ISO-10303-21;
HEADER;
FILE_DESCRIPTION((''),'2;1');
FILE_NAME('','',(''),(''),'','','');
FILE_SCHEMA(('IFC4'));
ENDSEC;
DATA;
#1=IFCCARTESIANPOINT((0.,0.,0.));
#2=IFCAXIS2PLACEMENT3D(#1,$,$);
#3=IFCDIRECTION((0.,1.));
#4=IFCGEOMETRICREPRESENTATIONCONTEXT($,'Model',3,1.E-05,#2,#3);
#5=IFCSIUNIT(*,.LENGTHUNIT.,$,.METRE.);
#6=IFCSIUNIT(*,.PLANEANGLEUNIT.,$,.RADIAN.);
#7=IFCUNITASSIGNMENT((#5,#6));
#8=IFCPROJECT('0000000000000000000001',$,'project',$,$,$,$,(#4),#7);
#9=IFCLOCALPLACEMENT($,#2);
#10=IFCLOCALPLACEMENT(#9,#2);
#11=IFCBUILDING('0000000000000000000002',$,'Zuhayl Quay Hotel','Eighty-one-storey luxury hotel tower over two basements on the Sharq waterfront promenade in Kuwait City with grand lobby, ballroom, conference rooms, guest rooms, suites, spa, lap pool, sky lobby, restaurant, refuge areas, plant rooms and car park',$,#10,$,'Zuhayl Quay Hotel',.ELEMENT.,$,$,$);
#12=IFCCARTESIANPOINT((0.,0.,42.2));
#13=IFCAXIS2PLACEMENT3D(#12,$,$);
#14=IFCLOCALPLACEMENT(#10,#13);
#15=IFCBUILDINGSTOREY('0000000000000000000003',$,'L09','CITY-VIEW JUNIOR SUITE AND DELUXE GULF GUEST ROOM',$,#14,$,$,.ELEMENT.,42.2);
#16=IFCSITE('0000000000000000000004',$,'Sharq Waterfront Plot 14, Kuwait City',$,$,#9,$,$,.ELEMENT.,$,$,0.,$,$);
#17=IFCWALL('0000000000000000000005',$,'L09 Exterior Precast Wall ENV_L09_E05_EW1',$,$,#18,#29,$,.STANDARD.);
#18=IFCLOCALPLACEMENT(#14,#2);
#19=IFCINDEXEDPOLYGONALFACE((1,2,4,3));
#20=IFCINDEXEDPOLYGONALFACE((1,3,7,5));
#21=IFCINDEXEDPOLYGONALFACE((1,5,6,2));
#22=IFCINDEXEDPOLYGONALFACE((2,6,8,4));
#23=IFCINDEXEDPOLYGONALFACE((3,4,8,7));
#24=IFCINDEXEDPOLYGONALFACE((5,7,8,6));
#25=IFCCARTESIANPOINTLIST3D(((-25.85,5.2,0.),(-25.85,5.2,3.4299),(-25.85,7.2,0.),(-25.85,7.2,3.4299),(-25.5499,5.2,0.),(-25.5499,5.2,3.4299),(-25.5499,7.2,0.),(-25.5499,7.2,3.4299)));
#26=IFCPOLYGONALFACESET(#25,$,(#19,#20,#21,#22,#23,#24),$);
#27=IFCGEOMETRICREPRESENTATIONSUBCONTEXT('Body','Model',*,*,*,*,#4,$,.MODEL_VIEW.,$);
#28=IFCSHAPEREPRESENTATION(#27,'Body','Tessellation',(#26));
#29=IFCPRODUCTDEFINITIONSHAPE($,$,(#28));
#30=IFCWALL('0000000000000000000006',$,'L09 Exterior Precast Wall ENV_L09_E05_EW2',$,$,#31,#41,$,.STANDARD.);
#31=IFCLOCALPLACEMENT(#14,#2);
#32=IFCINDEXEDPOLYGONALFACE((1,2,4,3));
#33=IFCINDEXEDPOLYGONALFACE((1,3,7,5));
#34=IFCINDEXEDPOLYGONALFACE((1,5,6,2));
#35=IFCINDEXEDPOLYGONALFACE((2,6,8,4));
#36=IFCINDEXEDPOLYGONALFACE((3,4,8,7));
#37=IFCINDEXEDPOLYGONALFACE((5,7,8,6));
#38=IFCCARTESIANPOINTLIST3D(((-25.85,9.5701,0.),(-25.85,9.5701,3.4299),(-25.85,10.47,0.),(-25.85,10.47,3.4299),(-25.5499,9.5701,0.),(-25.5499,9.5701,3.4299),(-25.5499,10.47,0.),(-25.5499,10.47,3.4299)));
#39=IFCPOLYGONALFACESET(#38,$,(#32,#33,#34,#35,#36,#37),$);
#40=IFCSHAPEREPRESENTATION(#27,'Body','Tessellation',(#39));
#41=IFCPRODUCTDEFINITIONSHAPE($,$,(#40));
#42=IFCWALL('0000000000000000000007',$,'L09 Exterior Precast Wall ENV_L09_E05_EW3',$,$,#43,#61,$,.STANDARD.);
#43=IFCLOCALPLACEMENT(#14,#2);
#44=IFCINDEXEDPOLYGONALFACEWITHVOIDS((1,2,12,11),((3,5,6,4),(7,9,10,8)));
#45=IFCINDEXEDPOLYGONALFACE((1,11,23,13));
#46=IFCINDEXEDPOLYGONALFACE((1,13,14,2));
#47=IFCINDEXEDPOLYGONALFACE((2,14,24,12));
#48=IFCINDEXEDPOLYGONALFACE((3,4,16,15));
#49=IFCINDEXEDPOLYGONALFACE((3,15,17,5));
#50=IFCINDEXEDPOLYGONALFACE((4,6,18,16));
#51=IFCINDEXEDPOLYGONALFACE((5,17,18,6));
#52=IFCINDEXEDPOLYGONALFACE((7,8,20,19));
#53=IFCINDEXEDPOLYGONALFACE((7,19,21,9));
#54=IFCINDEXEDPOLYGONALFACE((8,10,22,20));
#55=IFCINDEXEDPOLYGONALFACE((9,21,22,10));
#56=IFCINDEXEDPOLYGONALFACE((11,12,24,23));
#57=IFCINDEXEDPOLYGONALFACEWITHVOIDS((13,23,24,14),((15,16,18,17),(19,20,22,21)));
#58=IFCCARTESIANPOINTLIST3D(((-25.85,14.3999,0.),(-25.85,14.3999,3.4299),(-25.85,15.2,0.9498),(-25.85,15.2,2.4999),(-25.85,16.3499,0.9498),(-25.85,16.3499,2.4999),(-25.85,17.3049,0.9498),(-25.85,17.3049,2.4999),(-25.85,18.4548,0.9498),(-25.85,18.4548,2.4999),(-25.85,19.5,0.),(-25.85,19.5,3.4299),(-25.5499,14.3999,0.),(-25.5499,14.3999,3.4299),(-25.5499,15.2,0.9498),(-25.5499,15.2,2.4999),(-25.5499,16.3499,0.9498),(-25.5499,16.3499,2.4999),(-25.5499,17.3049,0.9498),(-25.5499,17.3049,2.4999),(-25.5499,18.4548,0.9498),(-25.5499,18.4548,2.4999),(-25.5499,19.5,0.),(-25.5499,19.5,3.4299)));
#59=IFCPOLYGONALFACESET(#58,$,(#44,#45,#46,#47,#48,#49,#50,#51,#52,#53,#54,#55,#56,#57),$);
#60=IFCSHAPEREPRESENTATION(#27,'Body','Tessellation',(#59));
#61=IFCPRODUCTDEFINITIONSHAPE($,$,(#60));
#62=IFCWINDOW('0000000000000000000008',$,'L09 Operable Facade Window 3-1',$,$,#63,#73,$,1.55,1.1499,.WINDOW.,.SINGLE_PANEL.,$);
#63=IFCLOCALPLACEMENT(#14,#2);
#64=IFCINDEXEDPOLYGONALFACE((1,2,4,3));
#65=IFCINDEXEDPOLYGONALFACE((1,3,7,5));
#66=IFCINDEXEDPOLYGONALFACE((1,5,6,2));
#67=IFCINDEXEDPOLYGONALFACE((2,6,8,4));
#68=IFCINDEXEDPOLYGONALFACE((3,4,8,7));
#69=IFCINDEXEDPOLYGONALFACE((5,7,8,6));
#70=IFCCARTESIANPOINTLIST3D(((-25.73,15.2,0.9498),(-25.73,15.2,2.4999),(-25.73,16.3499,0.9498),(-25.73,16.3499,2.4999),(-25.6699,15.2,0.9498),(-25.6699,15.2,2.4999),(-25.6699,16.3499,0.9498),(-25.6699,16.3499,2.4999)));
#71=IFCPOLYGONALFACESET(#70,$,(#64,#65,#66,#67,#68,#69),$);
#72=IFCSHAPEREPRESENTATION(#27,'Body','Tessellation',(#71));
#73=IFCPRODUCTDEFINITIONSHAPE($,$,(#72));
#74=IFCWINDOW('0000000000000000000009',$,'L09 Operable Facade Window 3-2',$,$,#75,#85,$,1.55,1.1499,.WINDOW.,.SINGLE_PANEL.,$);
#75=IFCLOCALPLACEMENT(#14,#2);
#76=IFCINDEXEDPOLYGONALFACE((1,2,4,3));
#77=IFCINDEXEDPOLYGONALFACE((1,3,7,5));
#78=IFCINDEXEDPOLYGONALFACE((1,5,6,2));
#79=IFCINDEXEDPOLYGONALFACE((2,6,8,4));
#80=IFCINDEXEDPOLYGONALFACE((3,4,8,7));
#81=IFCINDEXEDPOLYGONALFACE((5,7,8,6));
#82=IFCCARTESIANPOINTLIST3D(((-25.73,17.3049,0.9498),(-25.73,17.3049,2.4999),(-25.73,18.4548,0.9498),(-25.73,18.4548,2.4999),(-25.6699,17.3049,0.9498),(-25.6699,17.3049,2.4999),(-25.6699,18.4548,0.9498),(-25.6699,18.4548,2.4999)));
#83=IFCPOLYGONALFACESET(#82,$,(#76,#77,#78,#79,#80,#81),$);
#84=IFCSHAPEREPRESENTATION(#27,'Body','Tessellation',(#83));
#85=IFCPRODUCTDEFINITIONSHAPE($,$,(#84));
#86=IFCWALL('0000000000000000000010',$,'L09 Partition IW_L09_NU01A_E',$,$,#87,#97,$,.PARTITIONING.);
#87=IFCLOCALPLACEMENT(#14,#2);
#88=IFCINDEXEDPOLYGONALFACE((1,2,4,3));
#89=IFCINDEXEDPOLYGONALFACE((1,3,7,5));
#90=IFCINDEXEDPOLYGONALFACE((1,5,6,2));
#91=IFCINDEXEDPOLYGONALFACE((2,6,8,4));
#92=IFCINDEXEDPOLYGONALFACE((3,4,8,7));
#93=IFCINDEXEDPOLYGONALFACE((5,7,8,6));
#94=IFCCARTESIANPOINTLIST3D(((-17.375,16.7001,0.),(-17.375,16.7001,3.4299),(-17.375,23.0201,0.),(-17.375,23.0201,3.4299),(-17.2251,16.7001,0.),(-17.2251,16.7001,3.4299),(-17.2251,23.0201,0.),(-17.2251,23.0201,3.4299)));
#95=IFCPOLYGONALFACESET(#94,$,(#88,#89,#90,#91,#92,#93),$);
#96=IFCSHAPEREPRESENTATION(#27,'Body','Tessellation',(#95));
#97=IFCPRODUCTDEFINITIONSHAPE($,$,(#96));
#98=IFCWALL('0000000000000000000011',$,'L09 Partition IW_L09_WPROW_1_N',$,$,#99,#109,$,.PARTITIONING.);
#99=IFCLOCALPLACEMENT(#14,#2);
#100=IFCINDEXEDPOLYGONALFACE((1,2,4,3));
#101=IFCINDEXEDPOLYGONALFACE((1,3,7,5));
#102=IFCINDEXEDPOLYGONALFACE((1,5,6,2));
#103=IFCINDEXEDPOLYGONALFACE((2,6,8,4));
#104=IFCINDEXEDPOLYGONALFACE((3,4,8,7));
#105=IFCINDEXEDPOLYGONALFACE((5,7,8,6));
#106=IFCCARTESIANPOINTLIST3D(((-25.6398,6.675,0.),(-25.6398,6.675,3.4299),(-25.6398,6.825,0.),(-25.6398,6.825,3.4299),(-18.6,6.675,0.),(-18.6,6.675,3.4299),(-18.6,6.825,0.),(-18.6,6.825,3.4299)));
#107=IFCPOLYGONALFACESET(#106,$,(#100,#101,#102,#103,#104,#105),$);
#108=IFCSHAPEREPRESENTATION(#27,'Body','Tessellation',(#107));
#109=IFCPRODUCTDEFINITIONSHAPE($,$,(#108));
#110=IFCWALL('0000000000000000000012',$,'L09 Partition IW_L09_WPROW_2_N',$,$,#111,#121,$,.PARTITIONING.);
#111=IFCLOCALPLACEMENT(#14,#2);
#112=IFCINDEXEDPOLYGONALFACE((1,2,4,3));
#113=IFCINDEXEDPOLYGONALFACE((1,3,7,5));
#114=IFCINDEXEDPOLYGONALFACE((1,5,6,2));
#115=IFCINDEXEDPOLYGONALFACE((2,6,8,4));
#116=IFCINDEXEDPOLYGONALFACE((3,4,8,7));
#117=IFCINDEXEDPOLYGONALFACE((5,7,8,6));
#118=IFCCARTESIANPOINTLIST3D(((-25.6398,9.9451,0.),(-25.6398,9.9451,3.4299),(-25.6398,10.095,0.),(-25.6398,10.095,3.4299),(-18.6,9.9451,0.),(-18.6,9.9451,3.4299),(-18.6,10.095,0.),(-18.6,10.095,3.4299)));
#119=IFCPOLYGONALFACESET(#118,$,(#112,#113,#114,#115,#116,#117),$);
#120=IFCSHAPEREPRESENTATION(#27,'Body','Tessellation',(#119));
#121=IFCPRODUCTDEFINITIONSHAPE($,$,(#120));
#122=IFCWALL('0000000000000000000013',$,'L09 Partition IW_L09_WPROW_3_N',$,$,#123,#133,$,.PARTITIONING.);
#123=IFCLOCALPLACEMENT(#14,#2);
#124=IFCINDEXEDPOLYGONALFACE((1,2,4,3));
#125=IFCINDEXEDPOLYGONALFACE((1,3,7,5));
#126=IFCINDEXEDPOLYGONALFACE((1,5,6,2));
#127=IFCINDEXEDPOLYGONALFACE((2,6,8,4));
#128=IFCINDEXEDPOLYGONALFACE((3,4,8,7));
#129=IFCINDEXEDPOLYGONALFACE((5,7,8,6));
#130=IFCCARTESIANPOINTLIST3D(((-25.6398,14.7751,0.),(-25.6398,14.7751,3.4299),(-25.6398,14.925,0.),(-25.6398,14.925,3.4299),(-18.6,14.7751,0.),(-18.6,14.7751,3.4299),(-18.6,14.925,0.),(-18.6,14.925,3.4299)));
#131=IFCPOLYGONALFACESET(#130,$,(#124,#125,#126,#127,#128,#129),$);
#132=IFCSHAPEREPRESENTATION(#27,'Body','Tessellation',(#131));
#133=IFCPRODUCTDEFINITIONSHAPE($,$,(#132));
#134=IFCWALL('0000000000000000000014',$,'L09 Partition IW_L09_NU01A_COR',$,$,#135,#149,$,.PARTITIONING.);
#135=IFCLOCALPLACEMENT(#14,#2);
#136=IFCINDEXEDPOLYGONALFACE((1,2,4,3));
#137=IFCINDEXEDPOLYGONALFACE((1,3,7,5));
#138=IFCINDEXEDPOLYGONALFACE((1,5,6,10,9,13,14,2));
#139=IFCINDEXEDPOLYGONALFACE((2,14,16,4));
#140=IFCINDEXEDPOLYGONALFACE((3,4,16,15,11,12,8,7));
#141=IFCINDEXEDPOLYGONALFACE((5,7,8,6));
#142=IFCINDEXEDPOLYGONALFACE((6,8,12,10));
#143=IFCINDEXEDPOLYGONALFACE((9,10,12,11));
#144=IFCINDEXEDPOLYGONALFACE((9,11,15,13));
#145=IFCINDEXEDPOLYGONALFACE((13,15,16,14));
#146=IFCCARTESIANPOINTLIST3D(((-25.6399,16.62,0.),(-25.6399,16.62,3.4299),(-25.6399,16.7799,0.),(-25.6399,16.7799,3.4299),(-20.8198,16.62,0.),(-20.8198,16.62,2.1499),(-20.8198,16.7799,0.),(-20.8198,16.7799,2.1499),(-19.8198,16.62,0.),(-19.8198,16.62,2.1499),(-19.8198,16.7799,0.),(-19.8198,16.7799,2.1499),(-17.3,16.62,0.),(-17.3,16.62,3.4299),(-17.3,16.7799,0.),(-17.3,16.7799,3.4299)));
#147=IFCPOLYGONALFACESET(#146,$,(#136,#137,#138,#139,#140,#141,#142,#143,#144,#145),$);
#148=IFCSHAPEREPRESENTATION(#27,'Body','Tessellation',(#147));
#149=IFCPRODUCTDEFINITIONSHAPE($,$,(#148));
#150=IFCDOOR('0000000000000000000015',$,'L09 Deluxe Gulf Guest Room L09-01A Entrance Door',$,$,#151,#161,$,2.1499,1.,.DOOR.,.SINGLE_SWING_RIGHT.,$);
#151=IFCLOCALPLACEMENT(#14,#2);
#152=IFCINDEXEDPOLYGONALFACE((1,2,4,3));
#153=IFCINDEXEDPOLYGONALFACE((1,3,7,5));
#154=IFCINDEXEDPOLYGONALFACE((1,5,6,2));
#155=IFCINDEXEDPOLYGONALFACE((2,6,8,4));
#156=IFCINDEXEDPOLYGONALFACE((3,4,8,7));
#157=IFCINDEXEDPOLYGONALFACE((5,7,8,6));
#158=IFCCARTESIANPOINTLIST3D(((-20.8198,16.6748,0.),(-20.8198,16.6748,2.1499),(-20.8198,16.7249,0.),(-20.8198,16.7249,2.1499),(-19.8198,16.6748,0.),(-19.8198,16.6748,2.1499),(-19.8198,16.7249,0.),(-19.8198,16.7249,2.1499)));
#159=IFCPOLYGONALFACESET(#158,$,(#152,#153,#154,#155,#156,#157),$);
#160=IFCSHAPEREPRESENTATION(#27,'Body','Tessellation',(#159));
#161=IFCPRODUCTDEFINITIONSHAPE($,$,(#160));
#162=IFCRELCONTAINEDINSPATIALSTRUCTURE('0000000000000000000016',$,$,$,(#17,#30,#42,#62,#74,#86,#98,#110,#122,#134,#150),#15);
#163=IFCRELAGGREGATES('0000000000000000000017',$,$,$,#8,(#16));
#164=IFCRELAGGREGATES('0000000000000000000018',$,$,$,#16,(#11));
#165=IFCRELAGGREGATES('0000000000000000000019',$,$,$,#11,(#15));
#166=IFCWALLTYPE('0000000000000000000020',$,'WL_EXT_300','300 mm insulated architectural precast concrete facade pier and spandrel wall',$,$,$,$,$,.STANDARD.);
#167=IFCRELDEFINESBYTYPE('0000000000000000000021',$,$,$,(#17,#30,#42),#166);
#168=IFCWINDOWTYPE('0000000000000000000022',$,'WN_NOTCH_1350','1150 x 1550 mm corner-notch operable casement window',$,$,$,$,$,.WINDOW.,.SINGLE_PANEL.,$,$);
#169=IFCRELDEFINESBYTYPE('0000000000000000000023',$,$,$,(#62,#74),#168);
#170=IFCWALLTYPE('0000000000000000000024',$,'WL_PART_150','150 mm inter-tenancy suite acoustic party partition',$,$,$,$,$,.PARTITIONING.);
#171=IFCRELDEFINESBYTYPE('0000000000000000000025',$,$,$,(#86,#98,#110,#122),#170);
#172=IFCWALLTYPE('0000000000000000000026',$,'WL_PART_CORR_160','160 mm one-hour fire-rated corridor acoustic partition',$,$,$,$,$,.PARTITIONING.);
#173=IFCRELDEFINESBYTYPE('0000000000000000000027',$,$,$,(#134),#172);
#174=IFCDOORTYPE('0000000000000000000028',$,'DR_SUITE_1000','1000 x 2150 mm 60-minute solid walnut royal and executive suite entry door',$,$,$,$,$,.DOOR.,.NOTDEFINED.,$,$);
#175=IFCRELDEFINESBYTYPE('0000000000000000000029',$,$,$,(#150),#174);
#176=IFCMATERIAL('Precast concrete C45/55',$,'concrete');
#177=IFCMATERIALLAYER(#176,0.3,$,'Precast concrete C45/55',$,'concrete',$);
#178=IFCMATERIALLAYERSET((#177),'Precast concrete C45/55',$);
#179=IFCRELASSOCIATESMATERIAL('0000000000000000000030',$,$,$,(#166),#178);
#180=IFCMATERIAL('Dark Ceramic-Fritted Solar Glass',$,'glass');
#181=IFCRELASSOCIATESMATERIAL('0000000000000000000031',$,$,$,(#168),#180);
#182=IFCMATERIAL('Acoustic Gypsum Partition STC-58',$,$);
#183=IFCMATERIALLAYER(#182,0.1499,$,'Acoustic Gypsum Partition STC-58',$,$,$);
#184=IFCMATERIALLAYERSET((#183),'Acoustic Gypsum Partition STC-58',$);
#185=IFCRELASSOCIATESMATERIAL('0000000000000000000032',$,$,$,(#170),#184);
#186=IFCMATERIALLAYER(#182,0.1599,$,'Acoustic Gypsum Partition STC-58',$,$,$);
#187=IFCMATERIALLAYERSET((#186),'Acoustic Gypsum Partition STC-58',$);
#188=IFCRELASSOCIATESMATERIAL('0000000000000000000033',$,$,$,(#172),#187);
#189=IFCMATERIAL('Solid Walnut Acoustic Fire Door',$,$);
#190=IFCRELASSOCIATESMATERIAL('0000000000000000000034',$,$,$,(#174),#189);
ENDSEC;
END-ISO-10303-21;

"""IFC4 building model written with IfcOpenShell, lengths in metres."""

from ifc_helpers import new_model, si_unit, direction, frame, frame_2d, origin, place, context, subcontext, project, spatial, rectangle, extrude, material, layer, layer_set, type_object, element, fill, save


model = new_model("IFC4")

# Units and contexts
model_context = context("Model", 3, precision=1e-05, world=origin(), true_north=direction((0.0, 1.0)))
body_context = subcontext(model_context, "Body", "Model", "MODEL_VIEW")
ifc_project = project(units=[si_unit("LENGTHUNIT", "METRE"), si_unit("PLANEANGLEUNIT", "RADIAN")], contexts=[model_context])

# Site, building, storey
site_placement = place(None, origin())
site = spatial("IfcSite", under=ifc_project, at=site_placement, Name="Sharq Waterfront Plot 14, Kuwait City", CompositionType="ELEMENT", RefElevation=0.0)
building_placement = place(site_placement, origin())
building = spatial("IfcBuilding", under=site, at=building_placement, Name="Zuhayl Quay Hotel", Description="Eighty-one-storey luxury hotel tower over two basements on the Sharq waterfront promenade in Kuwait City with grand lobby, ballroom, conference rooms, guest rooms, suites, spa, lap pool, sky lobby, restaurant, refuge areas, plant rooms and car park", LongName="Zuhayl Quay Hotel", CompositionType="ELEMENT")
storey_placement = place(building_placement, frame((0.0, 0.0, 42.2)))
storey = spatial("IfcBuildingStorey", under=building, at=storey_placement, Name="L09", Description="CITY-VIEW JUNIOR SUITE AND DELUXE GULF GUEST ROOM", CompositionType="ELEMENT", Elevation=42.2)

# Shared definitions
ifc_material_1 = material(Name="Dark Ceramic-Fritted Solar Glass", Category="glass")

# Walls
ifc_material_2 = material(Name="Precast concrete C45/55", Category="concrete")
ifc_layer_1 = layer(ifc_material_2, 0.3, Name="Precast concrete C45/55", Category="concrete")
ifc_layer_set_1 = layer_set([ifc_layer_1], Name="Precast concrete C45/55")
wall_type_1 = type_object("IfcWallType", Name="WL_EXT_300", Description="300 mm insulated architectural precast concrete facade pier and spandrel wall", PredefinedType="STANDARD", material=ifc_layer_set_1)
wall_1_placement = place(storey_placement, frame((-25.7, 5.2, 0.0), z_axis=(0.0, 0.0, 1.0), x_axis=(0.0, 1.0, 0.0)))
element("IfcWall", 1, at=wall_1_placement, inside=storey, type_object=wall_type_1, Name="L09 Exterior Precast Wall ENV_L09_E05_EW1", PredefinedType="STANDARD", context=body_context, shape_type="SweptSolid", body=[
    extrude(rectangle(XDim=2.0, YDim=0.3, at=frame_2d((1.0, 0.0))), origin(), (0.0, 0.0, 1.0), 3.4299),
])
wall_2_placement = place(storey_placement, frame((-25.7, 9.5701, 0.0), z_axis=(0.0, 0.0, 1.0), x_axis=(0.0, 1.0, 0.0)))
element("IfcWall", 2, at=wall_2_placement, inside=storey, type_object=wall_type_1, Name="L09 Exterior Precast Wall ENV_L09_E05_EW2", PredefinedType="STANDARD", context=body_context, shape_type="SweptSolid", body=[
    extrude(rectangle(XDim=0.8999, YDim=0.3, at=frame_2d((0.45, 0.0))), origin(), (0.0, 0.0, 1.0), 3.4299),
])

# Wall, openings, windows
wall_3_placement = place(storey_placement, frame((-25.7, 14.3999, 0.0), z_axis=(0.0, 0.0, 1.0), x_axis=(0.0, 1.0, 0.0)))
wall_3 = element("IfcWall", 3, at=wall_3_placement, inside=storey, type_object=wall_type_1, Name="L09 Exterior Precast Wall ENV_L09_E05_EW3", PredefinedType="STANDARD", context=body_context, shape_type="SweptSolid", body=[
    extrude(rectangle(XDim=5.1001, YDim=0.3, at=frame_2d((2.55, 0.0))), origin(), (0.0, 0.0, 1.0), 3.4299),
])
opening_1_placement = place(wall_3_placement, frame((0.8, 0.0, 0.95)))
opening_1 = element("IfcOpeningElement", 4, at=opening_1_placement, cuts=wall_3, PredefinedType="OPENING", context=body_context, shape_type="SweptSolid", body=[
    extrude(rectangle(XDim=1.1499, YDim=1.55, at=frame_2d((0.575, 0.7749))), frame((0.0, 0.1599, 0.0), z_axis=(0.0, -1.0, 0.0), x_axis=(1.0, 0.0, 0.0)), (0.0, 0.0, 1.0), 0.3201),
])
opening_2_placement = place(wall_3_placement, frame((2.905, 0.0, 0.95)))
opening_2 = element("IfcOpeningElement", 5, at=opening_2_placement, cuts=wall_3, PredefinedType="OPENING", context=body_context, shape_type="SweptSolid", body=[
    extrude(rectangle(XDim=1.1499, YDim=1.55, at=frame_2d((0.575, 0.7749))), frame((0.0, 0.1599, 0.0), z_axis=(0.0, -1.0, 0.0), x_axis=(1.0, 0.0, 0.0)), (0.0, 0.0, 1.0), 0.3201),
])
window_type = type_object("IfcWindowType", Name="WN_NOTCH_1350", Description="1150 x 1550 mm corner-notch operable casement window", PartitioningType="SINGLE_PANEL", PredefinedType="WINDOW", material=ifc_material_1)
window_1_placement = place(opening_1_placement, origin())
window_1 = element("IfcWindow", 6, at=window_1_placement, inside=storey, type_object=window_type, Name="L09 Operable Facade Window 3-1", OverallHeight=1.55, OverallWidth=1.1499, PartitioningType="SINGLE_PANEL", PredefinedType="WINDOW", context=body_context, shape_type="SweptSolid", body=[
    extrude(rectangle(XDim=1.1499, YDim=1.55, at=frame_2d((0.575, 0.7749))), frame((0.0, 0.03, 0.0), z_axis=(0.0, -1.0, 0.0), x_axis=(1.0, 0.0, 0.0)), (0.0, 0.0, 1.0), 0.0601),
])
fill(opening_1, window_1)
window_2_placement = place(opening_2_placement, origin())
window_2 = element("IfcWindow", 7, at=window_2_placement, inside=storey, type_object=window_type, Name="L09 Operable Facade Window 3-2", OverallHeight=1.55, OverallWidth=1.1499, PartitioningType="SINGLE_PANEL", PredefinedType="WINDOW", context=body_context, shape_type="SweptSolid", body=[
    extrude(rectangle(XDim=1.1499, YDim=1.55, at=frame_2d((0.575, 0.7749))), frame((0.0, 0.03, 0.0), z_axis=(0.0, -1.0, 0.0), x_axis=(1.0, 0.0, 0.0)), (0.0, 0.0, 1.0), 0.0601),
])
fill(opening_2, window_2)

# Walls
ifc_material_3 = material(Name="Acoustic Gypsum Partition STC-58")
ifc_layer_2 = layer(ifc_material_3, 0.1499, Name="Acoustic Gypsum Partition STC-58")
ifc_layer_set_2 = layer_set([ifc_layer_2], Name="Acoustic Gypsum Partition STC-58")
wall_type_2 = type_object("IfcWallType", Name="WL_PART_150", Description="150 mm inter-tenancy suite acoustic party partition", PredefinedType="PARTITIONING", material=ifc_layer_set_2)
wall_4_placement = place(storey_placement, frame((-17.3, 16.7, 0.0), z_axis=(0.0, 0.0, 1.0), x_axis=(0.0, 1.0, 0.0)))
element("IfcWall", 8, at=wall_4_placement, inside=storey, type_object=wall_type_2, Name="L09 Partition IW_L09_NU01A_E", PredefinedType="PARTITIONING", context=body_context, shape_type="SweptSolid", body=[
    extrude(rectangle(XDim=6.3201, YDim=0.1499, at=frame_2d((3.1602, 0.0))), origin(), (0.0, 0.0, 1.0), 3.4299),
])
for number, where, z_axis, x_axis, name in (
    (9, (-25.6399, 6.75, 0.0), (0.0, 0.0, 1.0), (1.0, 0.0, 0.0), "L09 Partition IW_L09_WPROW_1_N"),
    (10, (-25.6399, 10.02, 0.0), (0.0, 0.0, 1.0), (1.0, 0.0, 0.0), "L09 Partition IW_L09_WPROW_2_N"),
    (11, (-25.6399, 14.8501, 0.0), (0.0, 0.0, 1.0), (1.0, 0.0, 0.0), "L09 Partition IW_L09_WPROW_3_N"),
):
    element("IfcWall", number, at=place(storey_placement, frame(where, z_axis=z_axis, x_axis=x_axis)), inside=storey, type_object=wall_type_2, Name=name, PredefinedType="PARTITIONING", context=body_context, shape_type="SweptSolid", body=[
        extrude(rectangle(XDim=7.0398, YDim=0.1499, at=frame_2d((3.52, 0.0))), origin(), (0.0, 0.0, 1.0), 3.4299),
    ])

# Wall, opening, door
ifc_layer_3 = layer(ifc_material_3, 0.1599, Name="Acoustic Gypsum Partition STC-58")
ifc_layer_set_3 = layer_set([ifc_layer_3], Name="Acoustic Gypsum Partition STC-58")
wall_type_3 = type_object("IfcWallType", Name="WL_PART_CORR_160", Description="160 mm one-hour fire-rated corridor acoustic partition", PredefinedType="PARTITIONING", material=ifc_layer_set_3)
wall_5_placement = place(storey_placement, frame((-25.6399, 16.7, 0.0), z_axis=(0.0, 0.0, 1.0), x_axis=(1.0, 0.0, 0.0)))
wall_5 = element("IfcWall", 12, at=wall_5_placement, inside=storey, type_object=wall_type_3, Name="L09 Partition IW_L09_NU01A_COR", PredefinedType="PARTITIONING", context=body_context, shape_type="SweptSolid", body=[
    extrude(rectangle(XDim=8.3398, YDim=0.1599, at=frame_2d((4.1699, 0.0))), origin(), (0.0, 0.0, 1.0), 3.4299),
])
opening_3_placement = place(wall_5_placement, frame((4.8201, 0.0, 0.0)))
opening_3 = element("IfcOpeningElement", 13, at=opening_3_placement, cuts=wall_5, PredefinedType="OPENING", context=body_context, shape_type="SweptSolid", body=[
    extrude(rectangle(XDim=1.0, YDim=2.1499, at=frame_2d((0.5, 1.075))), frame((0.0, 0.0898, 0.0), z_axis=(0.0, -1.0, 0.0), x_axis=(1.0, 0.0, 0.0)), (0.0, 0.0, 1.0), 0.1799),
])
ifc_material_4 = material(Name="Solid Walnut Acoustic Fire Door")
door_type_1 = type_object("IfcDoorType", Name="DR_SUITE_1000", Description="1000 x 2150 mm 60-minute solid walnut royal and executive suite entry door", OperationType="NOTDEFINED", PredefinedType="DOOR", material=ifc_material_4)
door_1_placement = place(opening_3_placement, origin())
door_1 = element("IfcDoor", 14, at=door_1_placement, inside=storey, type_object=door_type_1, Name="L09 Deluxe Gulf Guest Room L09-01A Entrance Door", OperationType="SINGLE_SWING_RIGHT", OverallHeight=2.1499, OverallWidth=1.0, PredefinedType="DOOR", context=body_context, shape_type="SweptSolid", body=[
    extrude(rectangle(XDim=1.0, YDim=2.1499, at=frame_2d((0.5, 1.075))), frame((0.0, 0.0249, 0.0), z_axis=(0.0, -1.0, 0.0), x_axis=(1.0, 0.0, 0.0)), (0.0, 0.0, 1.0), 0.05),
])
fill(opening_3, door_1)

save(model, "model.ifc")
